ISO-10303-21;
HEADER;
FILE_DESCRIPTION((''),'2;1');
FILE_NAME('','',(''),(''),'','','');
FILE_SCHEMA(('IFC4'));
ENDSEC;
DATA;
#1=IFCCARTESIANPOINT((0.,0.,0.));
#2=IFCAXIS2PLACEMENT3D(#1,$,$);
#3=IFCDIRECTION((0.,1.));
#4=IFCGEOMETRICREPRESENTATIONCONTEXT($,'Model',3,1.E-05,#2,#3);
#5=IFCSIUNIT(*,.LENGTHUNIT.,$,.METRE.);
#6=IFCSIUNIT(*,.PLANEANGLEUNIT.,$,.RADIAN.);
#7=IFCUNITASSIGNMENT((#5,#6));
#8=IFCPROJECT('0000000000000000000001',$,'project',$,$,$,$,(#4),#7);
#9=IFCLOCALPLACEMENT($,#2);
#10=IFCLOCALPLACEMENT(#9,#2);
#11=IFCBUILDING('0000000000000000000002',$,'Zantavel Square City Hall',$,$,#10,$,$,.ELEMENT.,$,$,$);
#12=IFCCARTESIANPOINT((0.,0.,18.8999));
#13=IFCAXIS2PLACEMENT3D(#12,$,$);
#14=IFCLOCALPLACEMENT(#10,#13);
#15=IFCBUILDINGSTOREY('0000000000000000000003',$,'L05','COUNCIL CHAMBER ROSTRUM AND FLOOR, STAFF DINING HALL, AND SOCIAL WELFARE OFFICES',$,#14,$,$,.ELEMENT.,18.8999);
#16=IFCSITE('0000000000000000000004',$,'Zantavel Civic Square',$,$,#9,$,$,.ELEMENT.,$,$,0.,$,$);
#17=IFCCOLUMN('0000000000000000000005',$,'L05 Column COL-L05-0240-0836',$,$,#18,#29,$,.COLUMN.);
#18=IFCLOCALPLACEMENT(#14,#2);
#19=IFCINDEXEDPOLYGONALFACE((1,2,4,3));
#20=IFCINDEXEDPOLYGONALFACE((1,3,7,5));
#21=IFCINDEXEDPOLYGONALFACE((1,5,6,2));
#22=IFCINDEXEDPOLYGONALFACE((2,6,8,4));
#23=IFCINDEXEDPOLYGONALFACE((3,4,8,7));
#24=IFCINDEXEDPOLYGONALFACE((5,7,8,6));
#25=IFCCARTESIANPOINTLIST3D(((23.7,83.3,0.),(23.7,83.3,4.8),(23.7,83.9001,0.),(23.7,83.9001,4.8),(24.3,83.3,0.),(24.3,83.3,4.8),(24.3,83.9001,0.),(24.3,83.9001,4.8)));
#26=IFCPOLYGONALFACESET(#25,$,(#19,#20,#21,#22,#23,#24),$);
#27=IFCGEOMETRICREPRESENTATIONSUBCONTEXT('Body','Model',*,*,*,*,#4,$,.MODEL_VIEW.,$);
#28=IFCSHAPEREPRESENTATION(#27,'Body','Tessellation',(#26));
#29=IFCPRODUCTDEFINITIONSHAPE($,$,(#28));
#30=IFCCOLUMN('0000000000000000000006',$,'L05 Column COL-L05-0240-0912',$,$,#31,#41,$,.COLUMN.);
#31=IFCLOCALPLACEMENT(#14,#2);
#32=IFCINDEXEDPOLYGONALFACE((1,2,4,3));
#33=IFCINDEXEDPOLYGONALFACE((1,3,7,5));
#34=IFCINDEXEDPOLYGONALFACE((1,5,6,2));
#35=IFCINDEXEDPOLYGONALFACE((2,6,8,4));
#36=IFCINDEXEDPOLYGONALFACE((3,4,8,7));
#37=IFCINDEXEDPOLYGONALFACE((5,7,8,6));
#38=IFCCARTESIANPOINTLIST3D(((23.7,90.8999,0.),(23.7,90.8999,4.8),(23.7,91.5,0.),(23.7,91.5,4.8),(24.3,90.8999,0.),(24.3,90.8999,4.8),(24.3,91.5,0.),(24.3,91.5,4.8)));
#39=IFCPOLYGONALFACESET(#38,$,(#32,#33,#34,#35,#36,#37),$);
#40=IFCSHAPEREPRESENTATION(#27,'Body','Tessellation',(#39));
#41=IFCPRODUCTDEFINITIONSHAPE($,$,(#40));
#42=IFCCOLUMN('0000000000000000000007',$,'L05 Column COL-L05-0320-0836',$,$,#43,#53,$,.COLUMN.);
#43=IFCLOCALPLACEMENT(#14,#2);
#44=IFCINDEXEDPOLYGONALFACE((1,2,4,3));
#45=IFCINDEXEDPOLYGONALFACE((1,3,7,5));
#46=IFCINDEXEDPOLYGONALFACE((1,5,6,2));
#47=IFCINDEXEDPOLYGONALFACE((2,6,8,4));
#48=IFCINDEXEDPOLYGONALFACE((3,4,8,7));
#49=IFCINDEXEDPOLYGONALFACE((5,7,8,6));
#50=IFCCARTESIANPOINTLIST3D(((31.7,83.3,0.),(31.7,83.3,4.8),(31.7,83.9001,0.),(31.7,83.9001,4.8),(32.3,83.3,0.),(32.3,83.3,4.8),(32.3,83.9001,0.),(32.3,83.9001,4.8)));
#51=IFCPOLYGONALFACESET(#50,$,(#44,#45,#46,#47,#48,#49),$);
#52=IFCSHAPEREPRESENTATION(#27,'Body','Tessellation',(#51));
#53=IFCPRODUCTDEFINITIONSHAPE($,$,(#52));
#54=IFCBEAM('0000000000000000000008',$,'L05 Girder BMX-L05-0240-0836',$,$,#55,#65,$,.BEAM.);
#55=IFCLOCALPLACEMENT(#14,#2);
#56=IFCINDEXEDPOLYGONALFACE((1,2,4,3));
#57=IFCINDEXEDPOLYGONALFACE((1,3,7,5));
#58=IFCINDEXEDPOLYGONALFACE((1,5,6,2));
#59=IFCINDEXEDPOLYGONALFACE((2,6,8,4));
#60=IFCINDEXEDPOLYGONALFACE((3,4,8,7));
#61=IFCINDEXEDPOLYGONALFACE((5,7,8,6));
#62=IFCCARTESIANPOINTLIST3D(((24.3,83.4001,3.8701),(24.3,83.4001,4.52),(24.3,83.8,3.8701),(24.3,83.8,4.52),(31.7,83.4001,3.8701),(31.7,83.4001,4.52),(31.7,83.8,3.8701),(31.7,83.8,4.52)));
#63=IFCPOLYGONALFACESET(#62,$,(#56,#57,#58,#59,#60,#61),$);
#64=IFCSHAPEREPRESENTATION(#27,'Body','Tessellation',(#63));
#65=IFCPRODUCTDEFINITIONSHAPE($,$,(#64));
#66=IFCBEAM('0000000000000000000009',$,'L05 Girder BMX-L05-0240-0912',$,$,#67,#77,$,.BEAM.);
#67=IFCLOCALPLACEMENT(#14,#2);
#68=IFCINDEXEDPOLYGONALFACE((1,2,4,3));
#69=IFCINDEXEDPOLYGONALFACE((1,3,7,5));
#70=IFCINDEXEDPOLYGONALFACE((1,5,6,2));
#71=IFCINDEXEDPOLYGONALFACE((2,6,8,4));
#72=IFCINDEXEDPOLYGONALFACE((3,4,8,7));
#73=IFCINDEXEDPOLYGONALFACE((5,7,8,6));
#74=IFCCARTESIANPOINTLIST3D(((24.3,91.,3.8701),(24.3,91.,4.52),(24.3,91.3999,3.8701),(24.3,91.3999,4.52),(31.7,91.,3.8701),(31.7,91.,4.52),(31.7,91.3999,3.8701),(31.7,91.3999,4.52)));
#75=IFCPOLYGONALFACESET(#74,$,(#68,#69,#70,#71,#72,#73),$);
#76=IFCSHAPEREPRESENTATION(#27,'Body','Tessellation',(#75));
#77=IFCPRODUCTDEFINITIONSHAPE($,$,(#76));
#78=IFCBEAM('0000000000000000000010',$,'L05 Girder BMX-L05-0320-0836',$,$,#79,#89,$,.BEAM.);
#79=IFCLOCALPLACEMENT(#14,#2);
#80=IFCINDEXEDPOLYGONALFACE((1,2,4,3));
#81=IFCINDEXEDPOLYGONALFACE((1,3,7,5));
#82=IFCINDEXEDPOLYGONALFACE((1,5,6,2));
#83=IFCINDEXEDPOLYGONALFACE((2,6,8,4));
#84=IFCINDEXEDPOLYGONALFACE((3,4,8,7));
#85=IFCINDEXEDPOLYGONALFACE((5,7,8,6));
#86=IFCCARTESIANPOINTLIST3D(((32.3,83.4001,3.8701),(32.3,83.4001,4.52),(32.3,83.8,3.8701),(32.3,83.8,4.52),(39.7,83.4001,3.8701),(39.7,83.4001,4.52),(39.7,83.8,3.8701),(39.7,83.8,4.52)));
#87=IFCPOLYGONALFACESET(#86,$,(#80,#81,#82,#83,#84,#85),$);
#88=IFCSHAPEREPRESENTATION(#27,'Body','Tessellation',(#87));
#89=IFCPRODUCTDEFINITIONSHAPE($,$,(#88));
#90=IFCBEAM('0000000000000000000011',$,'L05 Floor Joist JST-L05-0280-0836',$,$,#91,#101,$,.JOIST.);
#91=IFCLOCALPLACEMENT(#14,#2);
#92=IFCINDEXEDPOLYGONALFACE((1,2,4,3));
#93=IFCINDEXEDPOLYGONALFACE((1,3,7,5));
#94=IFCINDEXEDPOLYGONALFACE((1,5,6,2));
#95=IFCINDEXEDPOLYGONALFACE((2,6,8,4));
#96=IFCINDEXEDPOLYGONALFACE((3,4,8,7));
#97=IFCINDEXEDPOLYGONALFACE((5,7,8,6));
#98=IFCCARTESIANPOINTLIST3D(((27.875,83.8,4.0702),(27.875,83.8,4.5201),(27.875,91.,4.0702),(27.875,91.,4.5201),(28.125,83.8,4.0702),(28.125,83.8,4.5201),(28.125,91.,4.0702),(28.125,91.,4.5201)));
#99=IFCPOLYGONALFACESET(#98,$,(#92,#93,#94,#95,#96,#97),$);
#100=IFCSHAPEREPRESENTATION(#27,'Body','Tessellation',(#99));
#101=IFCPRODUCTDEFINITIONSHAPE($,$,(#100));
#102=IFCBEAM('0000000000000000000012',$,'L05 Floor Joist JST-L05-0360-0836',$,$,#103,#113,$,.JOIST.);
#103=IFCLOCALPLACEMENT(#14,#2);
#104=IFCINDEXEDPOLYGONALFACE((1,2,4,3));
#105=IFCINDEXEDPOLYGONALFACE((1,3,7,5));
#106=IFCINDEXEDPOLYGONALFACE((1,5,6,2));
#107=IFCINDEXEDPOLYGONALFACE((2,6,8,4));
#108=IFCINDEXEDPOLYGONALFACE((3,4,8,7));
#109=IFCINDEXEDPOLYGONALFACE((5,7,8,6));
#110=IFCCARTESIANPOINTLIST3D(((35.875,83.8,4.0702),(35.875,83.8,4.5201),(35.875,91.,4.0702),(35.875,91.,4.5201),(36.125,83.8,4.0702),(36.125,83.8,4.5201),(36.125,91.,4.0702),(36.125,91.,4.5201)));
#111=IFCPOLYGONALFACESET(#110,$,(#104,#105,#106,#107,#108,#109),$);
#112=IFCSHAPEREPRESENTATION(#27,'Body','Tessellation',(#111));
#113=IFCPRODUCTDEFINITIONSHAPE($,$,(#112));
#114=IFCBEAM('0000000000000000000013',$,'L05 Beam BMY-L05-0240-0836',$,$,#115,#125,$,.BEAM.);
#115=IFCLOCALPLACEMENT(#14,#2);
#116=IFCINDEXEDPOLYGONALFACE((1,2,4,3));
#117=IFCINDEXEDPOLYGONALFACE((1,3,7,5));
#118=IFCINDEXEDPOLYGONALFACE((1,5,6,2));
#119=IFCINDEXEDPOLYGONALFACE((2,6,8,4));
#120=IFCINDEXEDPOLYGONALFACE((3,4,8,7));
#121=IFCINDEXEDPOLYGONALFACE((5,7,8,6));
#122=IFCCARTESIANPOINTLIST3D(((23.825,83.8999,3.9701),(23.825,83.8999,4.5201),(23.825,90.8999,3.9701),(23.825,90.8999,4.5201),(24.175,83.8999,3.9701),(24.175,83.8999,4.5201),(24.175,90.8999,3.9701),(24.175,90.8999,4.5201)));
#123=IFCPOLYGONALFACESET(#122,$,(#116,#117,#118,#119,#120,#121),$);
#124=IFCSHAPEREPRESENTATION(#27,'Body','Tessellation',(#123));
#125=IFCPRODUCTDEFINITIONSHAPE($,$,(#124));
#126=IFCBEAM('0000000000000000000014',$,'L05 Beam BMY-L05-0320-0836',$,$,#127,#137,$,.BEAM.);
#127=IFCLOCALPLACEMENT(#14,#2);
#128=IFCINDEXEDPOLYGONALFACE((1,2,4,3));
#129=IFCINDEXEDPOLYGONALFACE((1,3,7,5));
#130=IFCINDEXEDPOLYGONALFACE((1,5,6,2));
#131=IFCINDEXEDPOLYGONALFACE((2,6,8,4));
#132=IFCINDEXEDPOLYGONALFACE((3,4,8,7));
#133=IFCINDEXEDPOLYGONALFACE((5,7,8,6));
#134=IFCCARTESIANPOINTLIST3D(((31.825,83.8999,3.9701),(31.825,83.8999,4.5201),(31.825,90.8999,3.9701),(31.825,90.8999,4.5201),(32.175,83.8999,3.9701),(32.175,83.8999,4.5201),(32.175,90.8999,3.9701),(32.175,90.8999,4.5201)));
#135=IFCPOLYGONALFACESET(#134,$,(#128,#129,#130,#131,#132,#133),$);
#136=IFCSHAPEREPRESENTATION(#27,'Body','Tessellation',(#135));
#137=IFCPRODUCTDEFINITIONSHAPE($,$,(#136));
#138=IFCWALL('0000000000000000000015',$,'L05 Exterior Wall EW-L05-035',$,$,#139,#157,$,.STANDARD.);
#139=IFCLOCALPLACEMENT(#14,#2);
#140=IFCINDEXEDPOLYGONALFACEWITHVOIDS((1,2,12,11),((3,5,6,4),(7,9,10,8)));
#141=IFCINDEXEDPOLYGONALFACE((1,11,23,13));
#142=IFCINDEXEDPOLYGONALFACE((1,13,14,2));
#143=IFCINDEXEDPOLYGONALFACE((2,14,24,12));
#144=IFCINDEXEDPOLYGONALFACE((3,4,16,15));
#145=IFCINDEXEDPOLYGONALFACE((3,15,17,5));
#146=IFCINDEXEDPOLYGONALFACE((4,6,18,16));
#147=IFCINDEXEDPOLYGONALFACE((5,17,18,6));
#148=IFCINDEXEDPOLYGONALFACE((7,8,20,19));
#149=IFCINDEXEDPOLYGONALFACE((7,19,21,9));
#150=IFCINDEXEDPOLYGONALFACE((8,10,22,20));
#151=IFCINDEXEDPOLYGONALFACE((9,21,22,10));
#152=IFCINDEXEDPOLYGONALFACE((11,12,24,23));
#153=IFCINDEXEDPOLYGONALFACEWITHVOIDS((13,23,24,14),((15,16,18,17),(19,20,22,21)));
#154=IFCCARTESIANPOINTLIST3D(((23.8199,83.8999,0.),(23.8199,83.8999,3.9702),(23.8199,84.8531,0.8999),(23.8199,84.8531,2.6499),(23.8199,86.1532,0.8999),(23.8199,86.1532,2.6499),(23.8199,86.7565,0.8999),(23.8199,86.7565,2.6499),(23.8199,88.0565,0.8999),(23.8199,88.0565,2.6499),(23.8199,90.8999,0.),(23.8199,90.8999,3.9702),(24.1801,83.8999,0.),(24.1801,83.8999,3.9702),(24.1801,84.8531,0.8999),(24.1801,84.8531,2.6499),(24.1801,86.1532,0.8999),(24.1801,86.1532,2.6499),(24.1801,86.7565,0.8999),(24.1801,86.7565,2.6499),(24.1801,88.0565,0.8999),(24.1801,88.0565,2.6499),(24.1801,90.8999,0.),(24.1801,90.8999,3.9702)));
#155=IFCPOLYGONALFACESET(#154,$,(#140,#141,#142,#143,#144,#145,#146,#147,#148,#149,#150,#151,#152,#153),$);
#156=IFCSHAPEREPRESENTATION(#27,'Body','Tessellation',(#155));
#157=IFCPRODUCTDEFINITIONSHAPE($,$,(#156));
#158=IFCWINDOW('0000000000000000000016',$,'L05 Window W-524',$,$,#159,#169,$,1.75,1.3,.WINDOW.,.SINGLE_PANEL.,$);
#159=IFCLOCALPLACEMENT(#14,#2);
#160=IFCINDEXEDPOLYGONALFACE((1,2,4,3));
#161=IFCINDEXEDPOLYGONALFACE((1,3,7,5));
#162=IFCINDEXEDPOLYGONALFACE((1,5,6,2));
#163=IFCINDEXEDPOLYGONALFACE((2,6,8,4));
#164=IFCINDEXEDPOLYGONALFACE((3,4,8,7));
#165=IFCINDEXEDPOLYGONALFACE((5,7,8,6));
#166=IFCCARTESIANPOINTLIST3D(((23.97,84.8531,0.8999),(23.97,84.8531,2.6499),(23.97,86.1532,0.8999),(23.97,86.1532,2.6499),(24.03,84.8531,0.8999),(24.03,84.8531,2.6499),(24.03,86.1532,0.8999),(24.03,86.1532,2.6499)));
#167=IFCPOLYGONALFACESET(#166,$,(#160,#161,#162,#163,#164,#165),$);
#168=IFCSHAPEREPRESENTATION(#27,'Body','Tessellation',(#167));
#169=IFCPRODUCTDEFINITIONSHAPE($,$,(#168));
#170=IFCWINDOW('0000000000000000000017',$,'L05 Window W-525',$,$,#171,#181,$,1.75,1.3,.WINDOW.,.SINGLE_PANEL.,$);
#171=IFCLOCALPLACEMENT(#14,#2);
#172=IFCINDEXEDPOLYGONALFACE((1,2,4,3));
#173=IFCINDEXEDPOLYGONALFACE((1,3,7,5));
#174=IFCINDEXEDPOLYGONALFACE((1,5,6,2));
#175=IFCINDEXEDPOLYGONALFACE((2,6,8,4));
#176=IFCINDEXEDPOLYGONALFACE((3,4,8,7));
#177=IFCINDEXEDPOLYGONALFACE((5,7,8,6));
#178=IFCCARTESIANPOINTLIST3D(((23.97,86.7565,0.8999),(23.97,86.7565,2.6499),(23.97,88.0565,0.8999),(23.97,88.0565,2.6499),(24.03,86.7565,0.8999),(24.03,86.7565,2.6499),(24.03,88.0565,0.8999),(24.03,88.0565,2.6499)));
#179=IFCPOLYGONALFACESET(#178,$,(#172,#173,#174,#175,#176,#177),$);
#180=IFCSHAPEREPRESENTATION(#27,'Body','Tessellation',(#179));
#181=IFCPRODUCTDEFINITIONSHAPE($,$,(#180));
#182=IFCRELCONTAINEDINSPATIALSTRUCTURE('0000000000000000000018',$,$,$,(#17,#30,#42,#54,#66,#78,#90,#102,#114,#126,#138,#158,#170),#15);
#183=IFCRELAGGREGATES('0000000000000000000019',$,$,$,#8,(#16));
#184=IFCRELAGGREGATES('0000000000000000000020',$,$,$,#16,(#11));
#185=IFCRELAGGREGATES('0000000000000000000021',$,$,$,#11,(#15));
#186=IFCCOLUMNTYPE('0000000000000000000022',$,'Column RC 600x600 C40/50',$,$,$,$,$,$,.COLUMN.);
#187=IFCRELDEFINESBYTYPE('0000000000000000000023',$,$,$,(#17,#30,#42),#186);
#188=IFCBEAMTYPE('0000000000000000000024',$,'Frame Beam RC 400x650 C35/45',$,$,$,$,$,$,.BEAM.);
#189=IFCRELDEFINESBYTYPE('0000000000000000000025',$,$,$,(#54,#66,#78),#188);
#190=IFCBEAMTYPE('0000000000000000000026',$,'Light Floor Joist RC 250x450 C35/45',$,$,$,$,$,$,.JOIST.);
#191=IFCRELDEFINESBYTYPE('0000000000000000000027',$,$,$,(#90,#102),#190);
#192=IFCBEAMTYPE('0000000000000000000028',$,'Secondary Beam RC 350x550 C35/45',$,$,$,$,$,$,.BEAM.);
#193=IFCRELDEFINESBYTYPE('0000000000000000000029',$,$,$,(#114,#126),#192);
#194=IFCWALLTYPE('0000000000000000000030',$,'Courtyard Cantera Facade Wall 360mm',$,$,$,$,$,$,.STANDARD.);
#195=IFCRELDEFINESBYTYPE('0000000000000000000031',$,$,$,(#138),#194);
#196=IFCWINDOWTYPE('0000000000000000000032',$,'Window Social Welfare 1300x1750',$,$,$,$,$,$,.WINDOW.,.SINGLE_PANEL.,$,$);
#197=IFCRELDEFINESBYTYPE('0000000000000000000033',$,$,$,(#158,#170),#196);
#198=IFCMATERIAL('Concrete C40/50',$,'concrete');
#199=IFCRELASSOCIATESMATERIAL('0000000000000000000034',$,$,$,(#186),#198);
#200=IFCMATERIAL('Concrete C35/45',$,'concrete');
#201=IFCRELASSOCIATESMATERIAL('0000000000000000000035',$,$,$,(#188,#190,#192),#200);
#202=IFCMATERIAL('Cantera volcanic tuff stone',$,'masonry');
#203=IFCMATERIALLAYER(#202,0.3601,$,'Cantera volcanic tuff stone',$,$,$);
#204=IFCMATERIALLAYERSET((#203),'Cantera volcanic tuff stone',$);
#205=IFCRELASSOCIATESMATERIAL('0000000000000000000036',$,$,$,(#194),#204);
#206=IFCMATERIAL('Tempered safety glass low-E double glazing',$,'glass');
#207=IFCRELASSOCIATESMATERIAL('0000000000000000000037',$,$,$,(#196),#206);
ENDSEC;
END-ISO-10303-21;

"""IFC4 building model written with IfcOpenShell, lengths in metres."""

from ifc_helpers import new_model, si_unit, direction, frame, frame_2d, origin, origin_2d, place, context, subcontext, project, spatial, rectangle, extrude, material, layer, layer_set, material_profile, profile_set, type_object, element, fill, save


model = new_model("IFC4")

# Units and contexts
model_context = context("Model", 3, precision=1e-05, world=origin(), true_north=direction((0.0, 1.0)))
body_context = subcontext(model_context, "Body", "Model", "MODEL_VIEW")
ifc_project = project(units=[si_unit("LENGTHUNIT", "METRE"), si_unit("PLANEANGLEUNIT", "RADIAN")], contexts=[model_context])

# Site, building, storey
site_placement = place(None, origin())
site = spatial("IfcSite", under=ifc_project, at=site_placement, Name="Zantavel Civic Square", CompositionType="ELEMENT", RefElevation=0.0)
building_placement = place(site_placement, origin())
building = spatial("IfcBuilding", under=site, at=building_placement, Name="Zantavel Square City Hall", CompositionType="ELEMENT")
storey_placement = place(building_placement, frame((0.0, 0.0, 18.8999)))
storey = spatial("IfcBuildingStorey", under=building, at=storey_placement, Name="L05", Description="COUNCIL CHAMBER ROSTRUM AND FLOOR, STAFF DINING HALL, AND SOCIAL WELFARE OFFICES", CompositionType="ELEMENT", Elevation=18.8999)

# Columns
ifc_material_1 = material(Name="Concrete C40/50", Category="concrete")
ifc_material_profile_1 = material_profile(ifc_material_1, rectangle(XDim=0.6001, YDim=0.6001, at=origin_2d()), Name="RC 600x600")
ifc_profile_set_1 = profile_set([ifc_material_profile_1], Name="Concrete C40/50")
column_type = type_object("IfcColumnType", Name="Column RC 600x600 C40/50", PredefinedType="COLUMN", material=ifc_profile_set_1)
for number, where, z_axis, x_axis, name in (
    (1, (24.0, 83.6001, 0.0), (0.0, 0.0, 1.0), (1.0, 0.0, 0.0), "L05 Column COL-L05-0240-0836"),
    (2, (24.0, 91.2, 0.0), (0.0, 0.0, 1.0), (1.0, 0.0, 0.0), "L05 Column COL-L05-0240-0912"),
    (3, (32.0, 83.6001, 0.0), (0.0, 0.0, 1.0), (1.0, 0.0, 0.0), "L05 Column COL-L05-0320-0836"),
):
    element("IfcColumn", number, at=place(storey_placement, frame(where, z_axis=z_axis, x_axis=x_axis)), inside=storey, type_object=column_type, Name=name, PredefinedType="COLUMN", context=body_context, shape_type="SweptSolid", body=[
        extrude(rectangle(XDim=0.6001, YDim=0.6001, at=origin_2d()), origin(), (0.0, 0.0, 1.0), 4.8),
    ])

# Beams
ifc_material_2 = material(Name="Concrete C35/45", Category="concrete")
ifc_material_profile_2 = material_profile(ifc_material_2, rectangle(XDim=0.3999, YDim=0.6499, at=origin_2d()), Name="RC 400x650")
ifc_profile_set_2 = profile_set([ifc_material_profile_2], Name="Concrete C35/45")
beam_type_1 = type_object("IfcBeamType", Name="Frame Beam RC 400x650 C35/45", PredefinedType="BEAM", material=ifc_profile_set_2)
for number, where, z_axis, x_axis, name in (
    (4, (24.3, 83.6001, 4.1951), (1.0, 0.0, 0.0), (0.0, 1.0, 0.0), "L05 Girder BMX-L05-0240-0836"),
    (5, (24.3, 91.2, 4.1951), (1.0, 0.0, 0.0), (0.0, 1.0, 0.0), "L05 Girder BMX-L05-0240-0912"),
    (6, (32.3, 83.6001, 4.1951), (1.0, 0.0, 0.0), (0.0, 1.0, 0.0), "L05 Girder BMX-L05-0320-0836"),
):
    element("IfcBeam", number, at=place(storey_placement, frame(where, z_axis=z_axis, x_axis=x_axis)), inside=storey, type_object=beam_type_1, Name=name, PredefinedType="BEAM", context=body_context, shape_type="SweptSolid", body=[
        extrude(rectangle(XDim=0.3999, YDim=0.6499, at=origin_2d()), origin(), (0.0, 0.0, 1.0), 7.3999),
    ])
ifc_material_profile_3 = material_profile(ifc_material_2, rectangle(XDim=0.25, YDim=0.45, at=origin_2d()), Name="RC 250x450")
ifc_profile_set_3 = profile_set([ifc_material_profile_3], Name="Concrete C35/45")
beam_type_2 = type_object("IfcBeamType", Name="Light Floor Joist RC 250x450 C35/45", PredefinedType="JOIST", material=ifc_profile_set_3)
for number, where, z_axis, x_axis, name in (
    (7, (28.0, 83.8, 4.2952), (0.0, 1.0, 0.0), (-1.0, 0.0, 0.0), "L05 Floor Joist JST-L05-0280-0836"),
    (8, (36.0, 83.8, 4.2952), (0.0, 1.0, 0.0), (-1.0, 0.0, 0.0), "L05 Floor Joist JST-L05-0360-0836"),
):
    element("IfcBeam", number, at=place(storey_placement, frame(where, z_axis=z_axis, x_axis=x_axis)), inside=storey, type_object=beam_type_2, Name=name, PredefinedType="JOIST", context=body_context, shape_type="SweptSolid", body=[
        extrude(rectangle(XDim=0.25, YDim=0.45, at=origin_2d()), origin(), (0.0, 0.0, 1.0), 7.2),
    ])
ifc_material_profile_4 = material_profile(ifc_material_2, rectangle(XDim=0.3501, YDim=0.55, at=origin_2d()), Name="RC 350x550")
ifc_profile_set_4 = profile_set([ifc_material_profile_4], Name="Concrete C35/45")
beam_type_3 = type_object("IfcBeamType", Name="Secondary Beam RC 350x550 C35/45", PredefinedType="BEAM", material=ifc_profile_set_4)
for number, where, z_axis, x_axis, name in (
    (9, (24.0, 83.8999, 4.2451), (0.0, 1.0, 0.0), (-1.0, 0.0, 0.0), "L05 Beam BMY-L05-0240-0836"),
    (10, (32.0, 83.8999, 4.2451), (0.0, 1.0, 0.0), (-1.0, 0.0, 0.0), "L05 Beam BMY-L05-0320-0836"),
):
    element("IfcBeam", number, at=place(storey_placement, frame(where, z_axis=z_axis, x_axis=x_axis)), inside=storey, type_object=beam_type_3, Name=name, PredefinedType="BEAM", context=body_context, shape_type="SweptSolid", body=[
        extrude(rectangle(XDim=0.3501, YDim=0.55, at=origin_2d()), origin(), (0.0, 0.0, 1.0), 7.0),
    ])

# Wall, openings, windows
ifc_material_3 = material(Name="Cantera volcanic tuff stone", Category="masonry")
ifc_layer_1 = layer(ifc_material_3, 0.3601, Name="Cantera volcanic tuff stone")
ifc_layer_set_1 = layer_set([ifc_layer_1], Name="Cantera volcanic tuff stone")
wall_type_1 = type_object("IfcWallType", Name="Courtyard Cantera Facade Wall 360mm", PredefinedType="STANDARD", material=ifc_layer_set_1)
wall_1_placement = place(storey_placement, frame((24.0, 83.8999, 0.0), z_axis=(0.0, 0.0, 1.0), x_axis=(0.0, 1.0, 0.0)))
wall_1 = element("IfcWall", 11, at=wall_1_placement, inside=storey, type_object=wall_type_1, Name="L05 Exterior Wall EW-L05-035", PredefinedType="STANDARD", context=body_context, shape_type="SweptSolid", body=[
    extrude(rectangle(XDim=7.0, YDim=0.3601, at=frame_2d((3.5, 0.0))), origin(), (0.0, 0.0, 1.0), 3.9702),
])
opening_1_placement = place(wall_1_placement, frame((0.9534, 0.0, 0.8999)))
opening_1 = element("IfcOpeningElement", 12, at=opening_1_placement, cuts=wall_1, PredefinedType="OPENING", context=body_context, shape_type="SweptSolid", body=[
    extrude(rectangle(XDim=1.3, YDim=1.75, at=frame_2d((0.6499, 0.875))), frame((0.0, 0.1899, 0.0), z_axis=(0.0, -1.0, 0.0), x_axis=(1.0, 0.0, 0.0)), (0.0, 0.0, 1.0), 0.3801),
])
opening_2_placement = place(wall_1_placement, frame((2.8567, 0.0, 0.8999)))
opening_2 = element("IfcOpeningElement", 13, at=opening_2_placement, cuts=wall_1, PredefinedType="OPENING", context=body_context, shape_type="SweptSolid", body=[
    extrude(rectangle(XDim=1.3, YDim=1.75, at=frame_2d((0.6499, 0.875))), frame((0.0, 0.1899, 0.0), z_axis=(0.0, -1.0, 0.0), x_axis=(1.0, 0.0, 0.0)), (0.0, 0.0, 1.0), 0.3801),
])
ifc_material_4 = material(Name="Tempered safety glass low-E double glazing", Category="glass")
window_type = type_object("IfcWindowType", Name="Window Social Welfare 1300x1750", PartitioningType="SINGLE_PANEL", PredefinedType="WINDOW", material=ifc_material_4)
window_1_placement = place(opening_1_placement, origin())
window_1 = element("IfcWindow", 14, at=window_1_placement, inside=storey, type_object=window_type, Name="L05 Window W-524", OverallHeight=1.75, OverallWidth=1.3, PartitioningType="SINGLE_PANEL", PredefinedType="WINDOW", context=body_context, shape_type="SweptSolid", body=[
    extrude(rectangle(XDim=1.3, YDim=1.75, at=frame_2d((0.6499, 0.875))), frame((0.0, 0.03, 0.0), z_axis=(0.0, -1.0, 0.0), x_axis=(1.0, 0.0, 0.0)), (0.0, 0.0, 1.0), 0.0601),
])
fill(opening_1, window_1)
window_2_placement = place(opening_2_placement, origin())
window_2 = element("IfcWindow", 15, at=window_2_placement, inside=storey, type_object=window_type, Name="L05 Window W-525", OverallHeight=1.75, OverallWidth=1.3, PartitioningType="SINGLE_PANEL", PredefinedType="WINDOW", context=body_context, shape_type="SweptSolid", body=[
    extrude(rectangle(XDim=1.3, YDim=1.75, at=frame_2d((0.6499, 0.875))), frame((0.0, 0.03, 0.0), z_axis=(0.0, -1.0, 0.0), x_axis=(1.0, 0.0, 0.0)), (0.0, 0.0, 1.0), 0.0601),
])
fill(opening_2, window_2)

save(model, "model.ifc")
